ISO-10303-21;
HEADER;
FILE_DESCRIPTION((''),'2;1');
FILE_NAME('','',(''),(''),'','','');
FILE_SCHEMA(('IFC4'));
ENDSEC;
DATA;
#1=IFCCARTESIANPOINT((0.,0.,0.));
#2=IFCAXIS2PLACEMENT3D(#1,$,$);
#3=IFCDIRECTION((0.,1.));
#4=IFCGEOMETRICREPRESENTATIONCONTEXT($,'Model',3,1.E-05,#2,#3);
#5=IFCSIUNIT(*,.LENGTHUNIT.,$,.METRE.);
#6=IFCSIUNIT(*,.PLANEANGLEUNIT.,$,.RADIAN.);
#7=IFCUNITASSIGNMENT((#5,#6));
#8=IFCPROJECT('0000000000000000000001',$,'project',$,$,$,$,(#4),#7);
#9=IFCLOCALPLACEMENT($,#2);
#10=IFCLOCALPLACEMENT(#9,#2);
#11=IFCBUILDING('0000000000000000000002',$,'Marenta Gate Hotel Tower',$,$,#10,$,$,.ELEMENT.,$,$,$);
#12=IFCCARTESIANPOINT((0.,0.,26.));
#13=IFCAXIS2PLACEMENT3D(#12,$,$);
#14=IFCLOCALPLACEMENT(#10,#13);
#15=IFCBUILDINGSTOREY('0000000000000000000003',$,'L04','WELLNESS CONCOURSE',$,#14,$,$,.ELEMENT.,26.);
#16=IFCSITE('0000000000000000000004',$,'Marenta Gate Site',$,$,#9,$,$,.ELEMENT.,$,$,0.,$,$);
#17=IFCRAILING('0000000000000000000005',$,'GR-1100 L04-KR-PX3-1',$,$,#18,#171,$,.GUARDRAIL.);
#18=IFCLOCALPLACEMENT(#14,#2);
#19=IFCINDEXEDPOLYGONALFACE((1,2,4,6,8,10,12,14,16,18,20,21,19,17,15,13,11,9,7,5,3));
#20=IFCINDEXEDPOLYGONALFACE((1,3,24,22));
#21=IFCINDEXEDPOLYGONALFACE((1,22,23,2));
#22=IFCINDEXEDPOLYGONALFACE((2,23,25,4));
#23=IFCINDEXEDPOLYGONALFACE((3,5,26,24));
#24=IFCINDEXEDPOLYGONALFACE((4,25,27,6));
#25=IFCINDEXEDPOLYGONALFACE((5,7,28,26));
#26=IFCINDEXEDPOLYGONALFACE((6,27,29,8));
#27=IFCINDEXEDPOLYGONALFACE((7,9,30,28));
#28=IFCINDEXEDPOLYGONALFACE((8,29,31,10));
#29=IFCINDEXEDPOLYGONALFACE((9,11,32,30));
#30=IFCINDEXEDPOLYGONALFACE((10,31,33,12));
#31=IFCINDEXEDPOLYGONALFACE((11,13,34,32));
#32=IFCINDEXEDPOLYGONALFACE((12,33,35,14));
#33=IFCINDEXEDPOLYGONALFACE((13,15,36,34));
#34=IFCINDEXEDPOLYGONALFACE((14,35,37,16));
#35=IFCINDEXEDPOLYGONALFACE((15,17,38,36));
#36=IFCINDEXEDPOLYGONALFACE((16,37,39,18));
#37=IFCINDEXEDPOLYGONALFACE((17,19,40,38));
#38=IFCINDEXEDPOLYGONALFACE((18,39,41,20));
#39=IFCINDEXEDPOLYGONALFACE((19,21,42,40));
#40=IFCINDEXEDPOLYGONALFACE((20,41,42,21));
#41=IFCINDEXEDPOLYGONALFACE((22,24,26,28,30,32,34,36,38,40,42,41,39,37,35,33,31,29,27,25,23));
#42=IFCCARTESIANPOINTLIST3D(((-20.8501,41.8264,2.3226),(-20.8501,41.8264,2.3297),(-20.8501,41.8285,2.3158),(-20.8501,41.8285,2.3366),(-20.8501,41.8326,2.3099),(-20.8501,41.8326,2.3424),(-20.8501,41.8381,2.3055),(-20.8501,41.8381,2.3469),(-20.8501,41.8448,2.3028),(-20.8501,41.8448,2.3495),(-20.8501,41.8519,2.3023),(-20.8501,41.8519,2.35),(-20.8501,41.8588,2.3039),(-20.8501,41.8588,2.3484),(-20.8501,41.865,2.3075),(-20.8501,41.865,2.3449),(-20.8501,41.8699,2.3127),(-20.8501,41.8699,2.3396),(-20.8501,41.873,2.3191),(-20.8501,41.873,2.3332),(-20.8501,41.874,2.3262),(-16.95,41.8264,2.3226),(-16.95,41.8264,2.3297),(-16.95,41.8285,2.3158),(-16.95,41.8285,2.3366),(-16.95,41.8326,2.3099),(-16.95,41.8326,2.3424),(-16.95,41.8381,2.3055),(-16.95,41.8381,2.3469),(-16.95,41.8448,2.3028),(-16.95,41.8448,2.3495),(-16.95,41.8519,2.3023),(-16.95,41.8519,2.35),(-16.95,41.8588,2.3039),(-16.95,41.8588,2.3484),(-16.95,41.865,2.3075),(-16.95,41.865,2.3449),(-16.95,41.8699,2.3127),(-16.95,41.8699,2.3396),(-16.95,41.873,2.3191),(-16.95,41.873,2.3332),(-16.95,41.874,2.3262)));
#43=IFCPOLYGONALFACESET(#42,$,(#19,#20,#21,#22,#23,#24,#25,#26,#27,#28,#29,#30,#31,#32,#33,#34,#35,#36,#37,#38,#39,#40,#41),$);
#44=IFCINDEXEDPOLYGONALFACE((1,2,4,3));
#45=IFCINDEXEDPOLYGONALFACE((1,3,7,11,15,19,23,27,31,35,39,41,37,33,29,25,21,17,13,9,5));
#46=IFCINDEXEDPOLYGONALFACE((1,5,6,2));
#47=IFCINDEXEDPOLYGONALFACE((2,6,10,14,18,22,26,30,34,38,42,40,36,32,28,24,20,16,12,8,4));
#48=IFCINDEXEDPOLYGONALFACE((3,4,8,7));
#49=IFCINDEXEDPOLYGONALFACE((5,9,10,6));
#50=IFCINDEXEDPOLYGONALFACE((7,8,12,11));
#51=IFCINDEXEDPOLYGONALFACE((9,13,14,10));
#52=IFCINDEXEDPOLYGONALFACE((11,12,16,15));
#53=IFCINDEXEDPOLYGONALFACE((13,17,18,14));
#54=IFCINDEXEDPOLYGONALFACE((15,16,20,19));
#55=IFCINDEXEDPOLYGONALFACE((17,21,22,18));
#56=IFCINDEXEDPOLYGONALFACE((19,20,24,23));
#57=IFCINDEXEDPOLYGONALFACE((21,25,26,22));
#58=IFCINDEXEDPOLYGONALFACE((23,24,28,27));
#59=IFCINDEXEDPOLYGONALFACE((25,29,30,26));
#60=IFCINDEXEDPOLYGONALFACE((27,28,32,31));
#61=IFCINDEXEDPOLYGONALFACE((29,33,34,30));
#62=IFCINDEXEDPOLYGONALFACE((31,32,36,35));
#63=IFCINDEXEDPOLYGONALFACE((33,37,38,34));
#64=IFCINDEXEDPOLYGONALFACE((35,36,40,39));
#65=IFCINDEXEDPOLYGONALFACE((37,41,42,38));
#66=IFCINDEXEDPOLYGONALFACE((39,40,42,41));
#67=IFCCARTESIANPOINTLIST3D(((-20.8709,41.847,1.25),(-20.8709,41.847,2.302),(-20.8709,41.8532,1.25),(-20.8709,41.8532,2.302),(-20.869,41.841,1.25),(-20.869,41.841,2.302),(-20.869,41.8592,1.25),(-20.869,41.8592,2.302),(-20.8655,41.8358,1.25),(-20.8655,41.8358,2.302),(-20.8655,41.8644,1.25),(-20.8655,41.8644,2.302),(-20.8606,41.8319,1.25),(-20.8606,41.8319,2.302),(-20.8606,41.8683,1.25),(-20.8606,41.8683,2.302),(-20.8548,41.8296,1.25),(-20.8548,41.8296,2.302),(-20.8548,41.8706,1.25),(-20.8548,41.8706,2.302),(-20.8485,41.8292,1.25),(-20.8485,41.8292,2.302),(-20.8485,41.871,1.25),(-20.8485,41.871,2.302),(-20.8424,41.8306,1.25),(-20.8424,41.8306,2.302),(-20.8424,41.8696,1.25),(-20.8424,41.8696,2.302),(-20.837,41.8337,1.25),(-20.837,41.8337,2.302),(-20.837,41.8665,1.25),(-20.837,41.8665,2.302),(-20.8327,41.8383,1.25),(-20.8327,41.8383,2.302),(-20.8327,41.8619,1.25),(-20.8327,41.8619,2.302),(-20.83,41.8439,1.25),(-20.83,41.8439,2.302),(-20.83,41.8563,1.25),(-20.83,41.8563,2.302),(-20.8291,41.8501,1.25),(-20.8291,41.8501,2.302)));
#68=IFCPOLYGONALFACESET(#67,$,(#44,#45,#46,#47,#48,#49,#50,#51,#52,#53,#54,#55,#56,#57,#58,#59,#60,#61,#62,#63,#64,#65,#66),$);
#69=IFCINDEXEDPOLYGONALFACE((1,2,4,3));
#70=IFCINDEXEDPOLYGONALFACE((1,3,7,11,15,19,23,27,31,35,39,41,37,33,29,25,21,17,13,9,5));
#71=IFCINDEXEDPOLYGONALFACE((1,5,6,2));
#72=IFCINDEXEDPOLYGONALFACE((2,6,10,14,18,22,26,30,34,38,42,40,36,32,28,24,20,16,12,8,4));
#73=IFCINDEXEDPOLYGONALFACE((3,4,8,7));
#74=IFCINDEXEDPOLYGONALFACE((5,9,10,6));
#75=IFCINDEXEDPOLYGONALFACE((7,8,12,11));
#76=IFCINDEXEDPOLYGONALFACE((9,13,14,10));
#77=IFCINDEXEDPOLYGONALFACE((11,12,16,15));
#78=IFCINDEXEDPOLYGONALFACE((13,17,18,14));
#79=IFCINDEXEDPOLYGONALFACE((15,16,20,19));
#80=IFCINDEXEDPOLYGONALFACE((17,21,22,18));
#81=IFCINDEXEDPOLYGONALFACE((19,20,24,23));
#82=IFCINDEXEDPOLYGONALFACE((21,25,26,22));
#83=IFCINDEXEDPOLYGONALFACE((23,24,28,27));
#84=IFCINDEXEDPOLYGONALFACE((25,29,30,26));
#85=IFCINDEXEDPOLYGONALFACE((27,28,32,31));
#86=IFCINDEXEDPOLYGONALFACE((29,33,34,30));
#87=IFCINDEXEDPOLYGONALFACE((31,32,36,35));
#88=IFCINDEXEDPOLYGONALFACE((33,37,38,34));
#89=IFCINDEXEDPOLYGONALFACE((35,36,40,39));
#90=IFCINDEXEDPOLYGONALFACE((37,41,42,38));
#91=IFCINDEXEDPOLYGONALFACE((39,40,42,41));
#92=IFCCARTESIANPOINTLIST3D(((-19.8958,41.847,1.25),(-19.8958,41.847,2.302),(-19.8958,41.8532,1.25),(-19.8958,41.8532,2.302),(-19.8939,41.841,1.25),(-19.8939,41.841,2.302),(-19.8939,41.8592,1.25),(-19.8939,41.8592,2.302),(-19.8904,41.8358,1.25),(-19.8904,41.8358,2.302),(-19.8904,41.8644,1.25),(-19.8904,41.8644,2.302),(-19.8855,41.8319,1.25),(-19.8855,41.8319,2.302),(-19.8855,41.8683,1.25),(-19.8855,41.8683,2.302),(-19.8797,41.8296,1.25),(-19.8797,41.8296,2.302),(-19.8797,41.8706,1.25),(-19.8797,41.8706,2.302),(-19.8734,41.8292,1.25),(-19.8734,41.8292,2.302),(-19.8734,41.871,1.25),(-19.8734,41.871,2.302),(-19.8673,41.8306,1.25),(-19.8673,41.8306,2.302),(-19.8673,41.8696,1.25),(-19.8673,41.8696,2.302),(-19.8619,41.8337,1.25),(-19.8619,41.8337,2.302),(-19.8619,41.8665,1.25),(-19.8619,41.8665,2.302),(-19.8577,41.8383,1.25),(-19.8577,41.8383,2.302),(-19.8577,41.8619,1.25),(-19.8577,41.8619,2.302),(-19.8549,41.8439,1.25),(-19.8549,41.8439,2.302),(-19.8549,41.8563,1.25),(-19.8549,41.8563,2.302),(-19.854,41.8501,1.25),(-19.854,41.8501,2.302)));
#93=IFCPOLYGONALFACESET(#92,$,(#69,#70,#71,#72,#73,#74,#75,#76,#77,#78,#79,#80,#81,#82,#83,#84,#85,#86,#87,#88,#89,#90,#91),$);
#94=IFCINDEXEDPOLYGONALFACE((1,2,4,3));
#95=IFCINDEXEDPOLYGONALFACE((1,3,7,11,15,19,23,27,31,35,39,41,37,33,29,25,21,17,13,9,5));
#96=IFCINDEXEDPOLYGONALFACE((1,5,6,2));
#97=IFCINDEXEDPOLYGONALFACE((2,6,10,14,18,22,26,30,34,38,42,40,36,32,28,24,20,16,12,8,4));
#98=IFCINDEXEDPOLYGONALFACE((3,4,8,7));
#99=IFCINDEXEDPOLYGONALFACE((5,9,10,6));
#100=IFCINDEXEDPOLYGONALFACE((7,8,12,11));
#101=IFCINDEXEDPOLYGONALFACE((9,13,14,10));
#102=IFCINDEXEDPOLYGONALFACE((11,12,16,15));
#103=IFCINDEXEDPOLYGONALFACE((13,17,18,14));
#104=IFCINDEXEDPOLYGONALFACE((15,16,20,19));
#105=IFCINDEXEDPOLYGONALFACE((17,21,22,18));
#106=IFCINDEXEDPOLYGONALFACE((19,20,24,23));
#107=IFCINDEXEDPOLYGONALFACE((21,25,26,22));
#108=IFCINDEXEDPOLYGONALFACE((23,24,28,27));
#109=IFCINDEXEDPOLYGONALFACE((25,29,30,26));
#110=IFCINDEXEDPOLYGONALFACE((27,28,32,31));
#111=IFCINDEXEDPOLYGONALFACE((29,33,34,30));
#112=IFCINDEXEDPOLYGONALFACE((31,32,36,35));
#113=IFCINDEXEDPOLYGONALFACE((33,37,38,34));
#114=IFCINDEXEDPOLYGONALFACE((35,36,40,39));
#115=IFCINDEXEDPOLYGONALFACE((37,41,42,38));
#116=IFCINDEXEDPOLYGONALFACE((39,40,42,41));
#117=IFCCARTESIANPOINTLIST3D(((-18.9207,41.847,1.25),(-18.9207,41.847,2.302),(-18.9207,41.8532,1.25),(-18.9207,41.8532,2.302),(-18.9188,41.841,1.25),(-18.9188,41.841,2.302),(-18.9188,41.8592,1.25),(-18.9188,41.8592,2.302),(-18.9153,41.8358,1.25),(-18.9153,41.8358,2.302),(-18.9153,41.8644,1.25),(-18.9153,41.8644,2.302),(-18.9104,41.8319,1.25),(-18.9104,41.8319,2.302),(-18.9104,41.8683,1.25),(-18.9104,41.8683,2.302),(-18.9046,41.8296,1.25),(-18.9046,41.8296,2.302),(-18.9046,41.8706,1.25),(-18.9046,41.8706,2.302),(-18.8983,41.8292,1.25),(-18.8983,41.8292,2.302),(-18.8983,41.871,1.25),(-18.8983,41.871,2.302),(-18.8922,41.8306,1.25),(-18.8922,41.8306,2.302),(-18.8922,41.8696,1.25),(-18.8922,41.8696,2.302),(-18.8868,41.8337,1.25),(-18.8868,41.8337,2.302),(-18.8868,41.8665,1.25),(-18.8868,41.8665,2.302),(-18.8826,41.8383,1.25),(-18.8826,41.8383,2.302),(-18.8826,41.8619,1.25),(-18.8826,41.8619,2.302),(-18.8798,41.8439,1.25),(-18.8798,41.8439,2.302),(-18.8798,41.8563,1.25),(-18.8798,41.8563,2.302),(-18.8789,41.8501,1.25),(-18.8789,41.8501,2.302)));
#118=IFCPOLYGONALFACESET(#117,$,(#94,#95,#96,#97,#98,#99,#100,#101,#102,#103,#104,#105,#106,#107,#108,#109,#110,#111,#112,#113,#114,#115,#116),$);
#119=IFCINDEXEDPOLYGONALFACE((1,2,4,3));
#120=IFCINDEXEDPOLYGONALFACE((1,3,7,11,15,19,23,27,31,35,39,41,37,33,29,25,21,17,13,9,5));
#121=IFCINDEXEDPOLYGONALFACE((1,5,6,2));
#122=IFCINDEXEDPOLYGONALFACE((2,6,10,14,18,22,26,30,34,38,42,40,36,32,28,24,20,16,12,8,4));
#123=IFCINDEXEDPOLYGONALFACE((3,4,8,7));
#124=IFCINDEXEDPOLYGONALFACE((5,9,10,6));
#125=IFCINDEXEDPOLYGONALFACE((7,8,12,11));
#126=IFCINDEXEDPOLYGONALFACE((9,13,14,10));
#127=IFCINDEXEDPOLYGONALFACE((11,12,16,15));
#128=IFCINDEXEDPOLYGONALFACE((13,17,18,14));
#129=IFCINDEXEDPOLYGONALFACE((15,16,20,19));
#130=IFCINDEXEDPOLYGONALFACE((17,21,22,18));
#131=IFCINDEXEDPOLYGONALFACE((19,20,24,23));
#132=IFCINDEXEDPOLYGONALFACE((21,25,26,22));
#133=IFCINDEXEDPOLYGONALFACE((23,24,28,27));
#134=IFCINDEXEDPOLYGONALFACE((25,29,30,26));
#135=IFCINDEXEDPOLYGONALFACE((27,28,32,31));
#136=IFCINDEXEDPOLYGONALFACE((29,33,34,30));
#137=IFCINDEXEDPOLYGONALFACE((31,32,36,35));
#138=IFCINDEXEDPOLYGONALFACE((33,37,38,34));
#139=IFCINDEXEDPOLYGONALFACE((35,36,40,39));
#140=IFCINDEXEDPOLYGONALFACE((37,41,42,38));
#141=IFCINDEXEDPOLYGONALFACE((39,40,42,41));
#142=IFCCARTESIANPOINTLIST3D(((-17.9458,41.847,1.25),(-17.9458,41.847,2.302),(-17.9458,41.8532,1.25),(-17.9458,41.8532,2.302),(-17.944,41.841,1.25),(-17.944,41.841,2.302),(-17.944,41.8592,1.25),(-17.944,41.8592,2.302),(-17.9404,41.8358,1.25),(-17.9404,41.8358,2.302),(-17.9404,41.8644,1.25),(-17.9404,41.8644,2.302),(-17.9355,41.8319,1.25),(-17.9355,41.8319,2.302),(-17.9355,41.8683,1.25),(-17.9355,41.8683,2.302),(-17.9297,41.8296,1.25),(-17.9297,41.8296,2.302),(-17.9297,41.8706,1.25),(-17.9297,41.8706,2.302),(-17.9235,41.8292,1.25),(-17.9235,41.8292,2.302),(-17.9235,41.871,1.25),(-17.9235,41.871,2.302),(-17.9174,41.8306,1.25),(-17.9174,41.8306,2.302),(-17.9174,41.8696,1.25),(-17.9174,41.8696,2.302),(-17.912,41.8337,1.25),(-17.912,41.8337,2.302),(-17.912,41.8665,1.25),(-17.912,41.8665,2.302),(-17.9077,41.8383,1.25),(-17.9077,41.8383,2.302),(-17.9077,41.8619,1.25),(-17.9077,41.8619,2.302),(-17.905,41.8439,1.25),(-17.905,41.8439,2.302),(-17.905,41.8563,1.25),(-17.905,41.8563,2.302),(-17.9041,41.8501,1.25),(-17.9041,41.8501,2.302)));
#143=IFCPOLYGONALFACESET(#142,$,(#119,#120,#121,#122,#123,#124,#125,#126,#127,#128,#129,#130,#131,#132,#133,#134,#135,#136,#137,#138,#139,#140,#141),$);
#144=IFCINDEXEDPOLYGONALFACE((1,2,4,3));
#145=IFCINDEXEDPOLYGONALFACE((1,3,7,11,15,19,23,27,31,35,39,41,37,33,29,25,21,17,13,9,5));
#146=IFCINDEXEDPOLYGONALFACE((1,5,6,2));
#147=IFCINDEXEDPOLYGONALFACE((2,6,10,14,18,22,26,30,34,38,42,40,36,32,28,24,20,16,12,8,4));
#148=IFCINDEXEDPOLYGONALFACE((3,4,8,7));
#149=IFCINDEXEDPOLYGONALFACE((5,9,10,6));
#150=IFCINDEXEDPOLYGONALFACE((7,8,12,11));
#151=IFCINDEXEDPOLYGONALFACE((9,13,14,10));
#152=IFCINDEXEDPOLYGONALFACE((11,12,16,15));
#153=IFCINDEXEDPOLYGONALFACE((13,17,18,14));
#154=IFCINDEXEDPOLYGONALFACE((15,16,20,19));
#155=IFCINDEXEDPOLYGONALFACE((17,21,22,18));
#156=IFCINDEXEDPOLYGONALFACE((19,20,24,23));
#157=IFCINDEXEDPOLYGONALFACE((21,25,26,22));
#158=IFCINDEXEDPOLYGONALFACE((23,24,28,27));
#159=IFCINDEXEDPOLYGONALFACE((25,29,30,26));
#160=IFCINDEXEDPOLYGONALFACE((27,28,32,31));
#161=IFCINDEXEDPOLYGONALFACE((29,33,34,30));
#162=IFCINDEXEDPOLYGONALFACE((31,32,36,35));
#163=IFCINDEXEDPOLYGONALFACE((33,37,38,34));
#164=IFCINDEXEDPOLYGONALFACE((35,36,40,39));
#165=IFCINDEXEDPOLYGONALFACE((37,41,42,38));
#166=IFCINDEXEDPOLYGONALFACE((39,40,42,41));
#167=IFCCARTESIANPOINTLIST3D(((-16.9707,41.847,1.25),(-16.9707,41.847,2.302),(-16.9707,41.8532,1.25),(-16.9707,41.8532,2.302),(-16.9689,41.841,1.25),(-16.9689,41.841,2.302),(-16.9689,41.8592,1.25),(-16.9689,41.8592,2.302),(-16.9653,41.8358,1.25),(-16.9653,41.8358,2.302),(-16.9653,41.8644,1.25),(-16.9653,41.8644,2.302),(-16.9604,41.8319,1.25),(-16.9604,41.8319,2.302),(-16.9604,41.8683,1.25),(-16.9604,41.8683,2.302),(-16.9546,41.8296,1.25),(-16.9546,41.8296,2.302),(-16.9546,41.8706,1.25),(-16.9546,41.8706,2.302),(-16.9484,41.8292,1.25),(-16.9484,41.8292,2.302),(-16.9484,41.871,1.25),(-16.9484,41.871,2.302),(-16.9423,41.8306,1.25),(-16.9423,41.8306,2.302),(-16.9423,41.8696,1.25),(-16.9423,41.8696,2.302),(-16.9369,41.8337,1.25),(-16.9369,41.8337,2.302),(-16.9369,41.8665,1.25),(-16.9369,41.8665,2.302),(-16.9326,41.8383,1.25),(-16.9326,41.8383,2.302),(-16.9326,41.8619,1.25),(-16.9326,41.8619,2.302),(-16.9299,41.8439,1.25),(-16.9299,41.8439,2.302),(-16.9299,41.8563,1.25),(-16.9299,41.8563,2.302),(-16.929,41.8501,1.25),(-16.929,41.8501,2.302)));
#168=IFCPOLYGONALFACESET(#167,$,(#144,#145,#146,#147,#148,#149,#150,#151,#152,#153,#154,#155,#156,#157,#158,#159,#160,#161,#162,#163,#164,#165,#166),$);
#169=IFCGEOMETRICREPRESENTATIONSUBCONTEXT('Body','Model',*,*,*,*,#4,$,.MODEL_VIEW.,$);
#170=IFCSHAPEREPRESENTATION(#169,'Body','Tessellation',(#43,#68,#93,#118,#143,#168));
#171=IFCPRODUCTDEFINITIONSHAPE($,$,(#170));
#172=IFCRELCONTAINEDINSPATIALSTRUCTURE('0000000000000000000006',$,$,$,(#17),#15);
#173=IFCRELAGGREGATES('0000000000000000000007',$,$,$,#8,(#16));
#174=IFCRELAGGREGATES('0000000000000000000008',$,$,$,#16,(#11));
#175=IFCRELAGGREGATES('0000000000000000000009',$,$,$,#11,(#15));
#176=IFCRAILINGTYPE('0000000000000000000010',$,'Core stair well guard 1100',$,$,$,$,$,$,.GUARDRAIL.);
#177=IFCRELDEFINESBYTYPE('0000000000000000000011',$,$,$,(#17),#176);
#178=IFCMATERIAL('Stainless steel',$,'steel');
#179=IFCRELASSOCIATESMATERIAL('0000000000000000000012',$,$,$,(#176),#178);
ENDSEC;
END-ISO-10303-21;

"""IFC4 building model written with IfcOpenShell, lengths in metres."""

from ifc_helpers import new_model, si_unit, direction, frame, origin, origin_2d, place, context, subcontext, project, spatial, circle, extrude, material, type_object, element, save


model = new_model("IFC4")

# Units and contexts
model_context = context("Model", 3, precision=1e-05, world=origin(), true_north=direction((0.0, 1.0)))
body_context = subcontext(model_context, "Body", "Model", "MODEL_VIEW")
ifc_project = project(units=[si_unit("LENGTHUNIT", "METRE"), si_unit("PLANEANGLEUNIT", "RADIAN")], contexts=[model_context])

# Site, building, storey
site_placement = place(None, origin())
site = spatial("IfcSite", under=ifc_project, at=site_placement, Name="Marenta Gate Site", CompositionType="ELEMENT", RefElevation=0.0)
building_placement = place(site_placement, origin())
building = spatial("IfcBuilding", under=site, at=building_placement, Name="Marenta Gate Hotel Tower", CompositionType="ELEMENT")
storey_placement = place(building_placement, frame((0.0, 0.0, 26.0)))
storey = spatial("IfcBuildingStorey", under=building, at=storey_placement, Name="L04", Description="WELLNESS CONCOURSE", CompositionType="ELEMENT", Elevation=26.0)

# Railing
ifc_material_1 = material(Name="Stainless steel", Category="steel")
railing_type_1 = type_object("IfcRailingType", Name="Core stair well guard 1100", PredefinedType="GUARDRAIL", material=ifc_material_1)
for number, where, name in (
    (1, (-20.8501, 41.8501, 1.25), "GR-1100 L04-KR-PX3-1"),
):
    element("IfcRailing", number, at=place(storey_placement, frame(where)), inside=storey, type_object=railing_type_1, Name=name, PredefinedType="GUARDRAIL", context=body_context, shape_type="SweptSolid", body=[
        extrude(circle(Radius=0.0239, at=origin_2d()), frame((0.0, 0.0, 1.0762), z_axis=(1.0, 0.0, 0.0), x_axis=(0.0, 1.0, 0.0)), (0.0, 0.0, 1.0), 3.9001),
        extrude(circle(Radius=0.021, at=origin_2d()), origin(), (0.0, 0.0, 1.0), 1.052),
        extrude(circle(Radius=0.021, at=origin_2d()), frame((0.9751, 0.0, 0.0)), (0.0, 0.0, 1.0), 1.052),
        extrude(circle(Radius=0.021, at=origin_2d()), frame((1.9502, 0.0, 0.0)), (0.0, 0.0, 1.0), 1.052),
        extrude(circle(Radius=0.021, at=origin_2d()), frame((2.925, 0.0, 0.0)), (0.0, 0.0, 1.0), 1.052),
        extrude(circle(Radius=0.021, at=origin_2d()), frame((3.9001, 0.0, 0.0)), (0.0, 0.0, 1.0), 1.052),
    ])

save(model, "model.ifc")
